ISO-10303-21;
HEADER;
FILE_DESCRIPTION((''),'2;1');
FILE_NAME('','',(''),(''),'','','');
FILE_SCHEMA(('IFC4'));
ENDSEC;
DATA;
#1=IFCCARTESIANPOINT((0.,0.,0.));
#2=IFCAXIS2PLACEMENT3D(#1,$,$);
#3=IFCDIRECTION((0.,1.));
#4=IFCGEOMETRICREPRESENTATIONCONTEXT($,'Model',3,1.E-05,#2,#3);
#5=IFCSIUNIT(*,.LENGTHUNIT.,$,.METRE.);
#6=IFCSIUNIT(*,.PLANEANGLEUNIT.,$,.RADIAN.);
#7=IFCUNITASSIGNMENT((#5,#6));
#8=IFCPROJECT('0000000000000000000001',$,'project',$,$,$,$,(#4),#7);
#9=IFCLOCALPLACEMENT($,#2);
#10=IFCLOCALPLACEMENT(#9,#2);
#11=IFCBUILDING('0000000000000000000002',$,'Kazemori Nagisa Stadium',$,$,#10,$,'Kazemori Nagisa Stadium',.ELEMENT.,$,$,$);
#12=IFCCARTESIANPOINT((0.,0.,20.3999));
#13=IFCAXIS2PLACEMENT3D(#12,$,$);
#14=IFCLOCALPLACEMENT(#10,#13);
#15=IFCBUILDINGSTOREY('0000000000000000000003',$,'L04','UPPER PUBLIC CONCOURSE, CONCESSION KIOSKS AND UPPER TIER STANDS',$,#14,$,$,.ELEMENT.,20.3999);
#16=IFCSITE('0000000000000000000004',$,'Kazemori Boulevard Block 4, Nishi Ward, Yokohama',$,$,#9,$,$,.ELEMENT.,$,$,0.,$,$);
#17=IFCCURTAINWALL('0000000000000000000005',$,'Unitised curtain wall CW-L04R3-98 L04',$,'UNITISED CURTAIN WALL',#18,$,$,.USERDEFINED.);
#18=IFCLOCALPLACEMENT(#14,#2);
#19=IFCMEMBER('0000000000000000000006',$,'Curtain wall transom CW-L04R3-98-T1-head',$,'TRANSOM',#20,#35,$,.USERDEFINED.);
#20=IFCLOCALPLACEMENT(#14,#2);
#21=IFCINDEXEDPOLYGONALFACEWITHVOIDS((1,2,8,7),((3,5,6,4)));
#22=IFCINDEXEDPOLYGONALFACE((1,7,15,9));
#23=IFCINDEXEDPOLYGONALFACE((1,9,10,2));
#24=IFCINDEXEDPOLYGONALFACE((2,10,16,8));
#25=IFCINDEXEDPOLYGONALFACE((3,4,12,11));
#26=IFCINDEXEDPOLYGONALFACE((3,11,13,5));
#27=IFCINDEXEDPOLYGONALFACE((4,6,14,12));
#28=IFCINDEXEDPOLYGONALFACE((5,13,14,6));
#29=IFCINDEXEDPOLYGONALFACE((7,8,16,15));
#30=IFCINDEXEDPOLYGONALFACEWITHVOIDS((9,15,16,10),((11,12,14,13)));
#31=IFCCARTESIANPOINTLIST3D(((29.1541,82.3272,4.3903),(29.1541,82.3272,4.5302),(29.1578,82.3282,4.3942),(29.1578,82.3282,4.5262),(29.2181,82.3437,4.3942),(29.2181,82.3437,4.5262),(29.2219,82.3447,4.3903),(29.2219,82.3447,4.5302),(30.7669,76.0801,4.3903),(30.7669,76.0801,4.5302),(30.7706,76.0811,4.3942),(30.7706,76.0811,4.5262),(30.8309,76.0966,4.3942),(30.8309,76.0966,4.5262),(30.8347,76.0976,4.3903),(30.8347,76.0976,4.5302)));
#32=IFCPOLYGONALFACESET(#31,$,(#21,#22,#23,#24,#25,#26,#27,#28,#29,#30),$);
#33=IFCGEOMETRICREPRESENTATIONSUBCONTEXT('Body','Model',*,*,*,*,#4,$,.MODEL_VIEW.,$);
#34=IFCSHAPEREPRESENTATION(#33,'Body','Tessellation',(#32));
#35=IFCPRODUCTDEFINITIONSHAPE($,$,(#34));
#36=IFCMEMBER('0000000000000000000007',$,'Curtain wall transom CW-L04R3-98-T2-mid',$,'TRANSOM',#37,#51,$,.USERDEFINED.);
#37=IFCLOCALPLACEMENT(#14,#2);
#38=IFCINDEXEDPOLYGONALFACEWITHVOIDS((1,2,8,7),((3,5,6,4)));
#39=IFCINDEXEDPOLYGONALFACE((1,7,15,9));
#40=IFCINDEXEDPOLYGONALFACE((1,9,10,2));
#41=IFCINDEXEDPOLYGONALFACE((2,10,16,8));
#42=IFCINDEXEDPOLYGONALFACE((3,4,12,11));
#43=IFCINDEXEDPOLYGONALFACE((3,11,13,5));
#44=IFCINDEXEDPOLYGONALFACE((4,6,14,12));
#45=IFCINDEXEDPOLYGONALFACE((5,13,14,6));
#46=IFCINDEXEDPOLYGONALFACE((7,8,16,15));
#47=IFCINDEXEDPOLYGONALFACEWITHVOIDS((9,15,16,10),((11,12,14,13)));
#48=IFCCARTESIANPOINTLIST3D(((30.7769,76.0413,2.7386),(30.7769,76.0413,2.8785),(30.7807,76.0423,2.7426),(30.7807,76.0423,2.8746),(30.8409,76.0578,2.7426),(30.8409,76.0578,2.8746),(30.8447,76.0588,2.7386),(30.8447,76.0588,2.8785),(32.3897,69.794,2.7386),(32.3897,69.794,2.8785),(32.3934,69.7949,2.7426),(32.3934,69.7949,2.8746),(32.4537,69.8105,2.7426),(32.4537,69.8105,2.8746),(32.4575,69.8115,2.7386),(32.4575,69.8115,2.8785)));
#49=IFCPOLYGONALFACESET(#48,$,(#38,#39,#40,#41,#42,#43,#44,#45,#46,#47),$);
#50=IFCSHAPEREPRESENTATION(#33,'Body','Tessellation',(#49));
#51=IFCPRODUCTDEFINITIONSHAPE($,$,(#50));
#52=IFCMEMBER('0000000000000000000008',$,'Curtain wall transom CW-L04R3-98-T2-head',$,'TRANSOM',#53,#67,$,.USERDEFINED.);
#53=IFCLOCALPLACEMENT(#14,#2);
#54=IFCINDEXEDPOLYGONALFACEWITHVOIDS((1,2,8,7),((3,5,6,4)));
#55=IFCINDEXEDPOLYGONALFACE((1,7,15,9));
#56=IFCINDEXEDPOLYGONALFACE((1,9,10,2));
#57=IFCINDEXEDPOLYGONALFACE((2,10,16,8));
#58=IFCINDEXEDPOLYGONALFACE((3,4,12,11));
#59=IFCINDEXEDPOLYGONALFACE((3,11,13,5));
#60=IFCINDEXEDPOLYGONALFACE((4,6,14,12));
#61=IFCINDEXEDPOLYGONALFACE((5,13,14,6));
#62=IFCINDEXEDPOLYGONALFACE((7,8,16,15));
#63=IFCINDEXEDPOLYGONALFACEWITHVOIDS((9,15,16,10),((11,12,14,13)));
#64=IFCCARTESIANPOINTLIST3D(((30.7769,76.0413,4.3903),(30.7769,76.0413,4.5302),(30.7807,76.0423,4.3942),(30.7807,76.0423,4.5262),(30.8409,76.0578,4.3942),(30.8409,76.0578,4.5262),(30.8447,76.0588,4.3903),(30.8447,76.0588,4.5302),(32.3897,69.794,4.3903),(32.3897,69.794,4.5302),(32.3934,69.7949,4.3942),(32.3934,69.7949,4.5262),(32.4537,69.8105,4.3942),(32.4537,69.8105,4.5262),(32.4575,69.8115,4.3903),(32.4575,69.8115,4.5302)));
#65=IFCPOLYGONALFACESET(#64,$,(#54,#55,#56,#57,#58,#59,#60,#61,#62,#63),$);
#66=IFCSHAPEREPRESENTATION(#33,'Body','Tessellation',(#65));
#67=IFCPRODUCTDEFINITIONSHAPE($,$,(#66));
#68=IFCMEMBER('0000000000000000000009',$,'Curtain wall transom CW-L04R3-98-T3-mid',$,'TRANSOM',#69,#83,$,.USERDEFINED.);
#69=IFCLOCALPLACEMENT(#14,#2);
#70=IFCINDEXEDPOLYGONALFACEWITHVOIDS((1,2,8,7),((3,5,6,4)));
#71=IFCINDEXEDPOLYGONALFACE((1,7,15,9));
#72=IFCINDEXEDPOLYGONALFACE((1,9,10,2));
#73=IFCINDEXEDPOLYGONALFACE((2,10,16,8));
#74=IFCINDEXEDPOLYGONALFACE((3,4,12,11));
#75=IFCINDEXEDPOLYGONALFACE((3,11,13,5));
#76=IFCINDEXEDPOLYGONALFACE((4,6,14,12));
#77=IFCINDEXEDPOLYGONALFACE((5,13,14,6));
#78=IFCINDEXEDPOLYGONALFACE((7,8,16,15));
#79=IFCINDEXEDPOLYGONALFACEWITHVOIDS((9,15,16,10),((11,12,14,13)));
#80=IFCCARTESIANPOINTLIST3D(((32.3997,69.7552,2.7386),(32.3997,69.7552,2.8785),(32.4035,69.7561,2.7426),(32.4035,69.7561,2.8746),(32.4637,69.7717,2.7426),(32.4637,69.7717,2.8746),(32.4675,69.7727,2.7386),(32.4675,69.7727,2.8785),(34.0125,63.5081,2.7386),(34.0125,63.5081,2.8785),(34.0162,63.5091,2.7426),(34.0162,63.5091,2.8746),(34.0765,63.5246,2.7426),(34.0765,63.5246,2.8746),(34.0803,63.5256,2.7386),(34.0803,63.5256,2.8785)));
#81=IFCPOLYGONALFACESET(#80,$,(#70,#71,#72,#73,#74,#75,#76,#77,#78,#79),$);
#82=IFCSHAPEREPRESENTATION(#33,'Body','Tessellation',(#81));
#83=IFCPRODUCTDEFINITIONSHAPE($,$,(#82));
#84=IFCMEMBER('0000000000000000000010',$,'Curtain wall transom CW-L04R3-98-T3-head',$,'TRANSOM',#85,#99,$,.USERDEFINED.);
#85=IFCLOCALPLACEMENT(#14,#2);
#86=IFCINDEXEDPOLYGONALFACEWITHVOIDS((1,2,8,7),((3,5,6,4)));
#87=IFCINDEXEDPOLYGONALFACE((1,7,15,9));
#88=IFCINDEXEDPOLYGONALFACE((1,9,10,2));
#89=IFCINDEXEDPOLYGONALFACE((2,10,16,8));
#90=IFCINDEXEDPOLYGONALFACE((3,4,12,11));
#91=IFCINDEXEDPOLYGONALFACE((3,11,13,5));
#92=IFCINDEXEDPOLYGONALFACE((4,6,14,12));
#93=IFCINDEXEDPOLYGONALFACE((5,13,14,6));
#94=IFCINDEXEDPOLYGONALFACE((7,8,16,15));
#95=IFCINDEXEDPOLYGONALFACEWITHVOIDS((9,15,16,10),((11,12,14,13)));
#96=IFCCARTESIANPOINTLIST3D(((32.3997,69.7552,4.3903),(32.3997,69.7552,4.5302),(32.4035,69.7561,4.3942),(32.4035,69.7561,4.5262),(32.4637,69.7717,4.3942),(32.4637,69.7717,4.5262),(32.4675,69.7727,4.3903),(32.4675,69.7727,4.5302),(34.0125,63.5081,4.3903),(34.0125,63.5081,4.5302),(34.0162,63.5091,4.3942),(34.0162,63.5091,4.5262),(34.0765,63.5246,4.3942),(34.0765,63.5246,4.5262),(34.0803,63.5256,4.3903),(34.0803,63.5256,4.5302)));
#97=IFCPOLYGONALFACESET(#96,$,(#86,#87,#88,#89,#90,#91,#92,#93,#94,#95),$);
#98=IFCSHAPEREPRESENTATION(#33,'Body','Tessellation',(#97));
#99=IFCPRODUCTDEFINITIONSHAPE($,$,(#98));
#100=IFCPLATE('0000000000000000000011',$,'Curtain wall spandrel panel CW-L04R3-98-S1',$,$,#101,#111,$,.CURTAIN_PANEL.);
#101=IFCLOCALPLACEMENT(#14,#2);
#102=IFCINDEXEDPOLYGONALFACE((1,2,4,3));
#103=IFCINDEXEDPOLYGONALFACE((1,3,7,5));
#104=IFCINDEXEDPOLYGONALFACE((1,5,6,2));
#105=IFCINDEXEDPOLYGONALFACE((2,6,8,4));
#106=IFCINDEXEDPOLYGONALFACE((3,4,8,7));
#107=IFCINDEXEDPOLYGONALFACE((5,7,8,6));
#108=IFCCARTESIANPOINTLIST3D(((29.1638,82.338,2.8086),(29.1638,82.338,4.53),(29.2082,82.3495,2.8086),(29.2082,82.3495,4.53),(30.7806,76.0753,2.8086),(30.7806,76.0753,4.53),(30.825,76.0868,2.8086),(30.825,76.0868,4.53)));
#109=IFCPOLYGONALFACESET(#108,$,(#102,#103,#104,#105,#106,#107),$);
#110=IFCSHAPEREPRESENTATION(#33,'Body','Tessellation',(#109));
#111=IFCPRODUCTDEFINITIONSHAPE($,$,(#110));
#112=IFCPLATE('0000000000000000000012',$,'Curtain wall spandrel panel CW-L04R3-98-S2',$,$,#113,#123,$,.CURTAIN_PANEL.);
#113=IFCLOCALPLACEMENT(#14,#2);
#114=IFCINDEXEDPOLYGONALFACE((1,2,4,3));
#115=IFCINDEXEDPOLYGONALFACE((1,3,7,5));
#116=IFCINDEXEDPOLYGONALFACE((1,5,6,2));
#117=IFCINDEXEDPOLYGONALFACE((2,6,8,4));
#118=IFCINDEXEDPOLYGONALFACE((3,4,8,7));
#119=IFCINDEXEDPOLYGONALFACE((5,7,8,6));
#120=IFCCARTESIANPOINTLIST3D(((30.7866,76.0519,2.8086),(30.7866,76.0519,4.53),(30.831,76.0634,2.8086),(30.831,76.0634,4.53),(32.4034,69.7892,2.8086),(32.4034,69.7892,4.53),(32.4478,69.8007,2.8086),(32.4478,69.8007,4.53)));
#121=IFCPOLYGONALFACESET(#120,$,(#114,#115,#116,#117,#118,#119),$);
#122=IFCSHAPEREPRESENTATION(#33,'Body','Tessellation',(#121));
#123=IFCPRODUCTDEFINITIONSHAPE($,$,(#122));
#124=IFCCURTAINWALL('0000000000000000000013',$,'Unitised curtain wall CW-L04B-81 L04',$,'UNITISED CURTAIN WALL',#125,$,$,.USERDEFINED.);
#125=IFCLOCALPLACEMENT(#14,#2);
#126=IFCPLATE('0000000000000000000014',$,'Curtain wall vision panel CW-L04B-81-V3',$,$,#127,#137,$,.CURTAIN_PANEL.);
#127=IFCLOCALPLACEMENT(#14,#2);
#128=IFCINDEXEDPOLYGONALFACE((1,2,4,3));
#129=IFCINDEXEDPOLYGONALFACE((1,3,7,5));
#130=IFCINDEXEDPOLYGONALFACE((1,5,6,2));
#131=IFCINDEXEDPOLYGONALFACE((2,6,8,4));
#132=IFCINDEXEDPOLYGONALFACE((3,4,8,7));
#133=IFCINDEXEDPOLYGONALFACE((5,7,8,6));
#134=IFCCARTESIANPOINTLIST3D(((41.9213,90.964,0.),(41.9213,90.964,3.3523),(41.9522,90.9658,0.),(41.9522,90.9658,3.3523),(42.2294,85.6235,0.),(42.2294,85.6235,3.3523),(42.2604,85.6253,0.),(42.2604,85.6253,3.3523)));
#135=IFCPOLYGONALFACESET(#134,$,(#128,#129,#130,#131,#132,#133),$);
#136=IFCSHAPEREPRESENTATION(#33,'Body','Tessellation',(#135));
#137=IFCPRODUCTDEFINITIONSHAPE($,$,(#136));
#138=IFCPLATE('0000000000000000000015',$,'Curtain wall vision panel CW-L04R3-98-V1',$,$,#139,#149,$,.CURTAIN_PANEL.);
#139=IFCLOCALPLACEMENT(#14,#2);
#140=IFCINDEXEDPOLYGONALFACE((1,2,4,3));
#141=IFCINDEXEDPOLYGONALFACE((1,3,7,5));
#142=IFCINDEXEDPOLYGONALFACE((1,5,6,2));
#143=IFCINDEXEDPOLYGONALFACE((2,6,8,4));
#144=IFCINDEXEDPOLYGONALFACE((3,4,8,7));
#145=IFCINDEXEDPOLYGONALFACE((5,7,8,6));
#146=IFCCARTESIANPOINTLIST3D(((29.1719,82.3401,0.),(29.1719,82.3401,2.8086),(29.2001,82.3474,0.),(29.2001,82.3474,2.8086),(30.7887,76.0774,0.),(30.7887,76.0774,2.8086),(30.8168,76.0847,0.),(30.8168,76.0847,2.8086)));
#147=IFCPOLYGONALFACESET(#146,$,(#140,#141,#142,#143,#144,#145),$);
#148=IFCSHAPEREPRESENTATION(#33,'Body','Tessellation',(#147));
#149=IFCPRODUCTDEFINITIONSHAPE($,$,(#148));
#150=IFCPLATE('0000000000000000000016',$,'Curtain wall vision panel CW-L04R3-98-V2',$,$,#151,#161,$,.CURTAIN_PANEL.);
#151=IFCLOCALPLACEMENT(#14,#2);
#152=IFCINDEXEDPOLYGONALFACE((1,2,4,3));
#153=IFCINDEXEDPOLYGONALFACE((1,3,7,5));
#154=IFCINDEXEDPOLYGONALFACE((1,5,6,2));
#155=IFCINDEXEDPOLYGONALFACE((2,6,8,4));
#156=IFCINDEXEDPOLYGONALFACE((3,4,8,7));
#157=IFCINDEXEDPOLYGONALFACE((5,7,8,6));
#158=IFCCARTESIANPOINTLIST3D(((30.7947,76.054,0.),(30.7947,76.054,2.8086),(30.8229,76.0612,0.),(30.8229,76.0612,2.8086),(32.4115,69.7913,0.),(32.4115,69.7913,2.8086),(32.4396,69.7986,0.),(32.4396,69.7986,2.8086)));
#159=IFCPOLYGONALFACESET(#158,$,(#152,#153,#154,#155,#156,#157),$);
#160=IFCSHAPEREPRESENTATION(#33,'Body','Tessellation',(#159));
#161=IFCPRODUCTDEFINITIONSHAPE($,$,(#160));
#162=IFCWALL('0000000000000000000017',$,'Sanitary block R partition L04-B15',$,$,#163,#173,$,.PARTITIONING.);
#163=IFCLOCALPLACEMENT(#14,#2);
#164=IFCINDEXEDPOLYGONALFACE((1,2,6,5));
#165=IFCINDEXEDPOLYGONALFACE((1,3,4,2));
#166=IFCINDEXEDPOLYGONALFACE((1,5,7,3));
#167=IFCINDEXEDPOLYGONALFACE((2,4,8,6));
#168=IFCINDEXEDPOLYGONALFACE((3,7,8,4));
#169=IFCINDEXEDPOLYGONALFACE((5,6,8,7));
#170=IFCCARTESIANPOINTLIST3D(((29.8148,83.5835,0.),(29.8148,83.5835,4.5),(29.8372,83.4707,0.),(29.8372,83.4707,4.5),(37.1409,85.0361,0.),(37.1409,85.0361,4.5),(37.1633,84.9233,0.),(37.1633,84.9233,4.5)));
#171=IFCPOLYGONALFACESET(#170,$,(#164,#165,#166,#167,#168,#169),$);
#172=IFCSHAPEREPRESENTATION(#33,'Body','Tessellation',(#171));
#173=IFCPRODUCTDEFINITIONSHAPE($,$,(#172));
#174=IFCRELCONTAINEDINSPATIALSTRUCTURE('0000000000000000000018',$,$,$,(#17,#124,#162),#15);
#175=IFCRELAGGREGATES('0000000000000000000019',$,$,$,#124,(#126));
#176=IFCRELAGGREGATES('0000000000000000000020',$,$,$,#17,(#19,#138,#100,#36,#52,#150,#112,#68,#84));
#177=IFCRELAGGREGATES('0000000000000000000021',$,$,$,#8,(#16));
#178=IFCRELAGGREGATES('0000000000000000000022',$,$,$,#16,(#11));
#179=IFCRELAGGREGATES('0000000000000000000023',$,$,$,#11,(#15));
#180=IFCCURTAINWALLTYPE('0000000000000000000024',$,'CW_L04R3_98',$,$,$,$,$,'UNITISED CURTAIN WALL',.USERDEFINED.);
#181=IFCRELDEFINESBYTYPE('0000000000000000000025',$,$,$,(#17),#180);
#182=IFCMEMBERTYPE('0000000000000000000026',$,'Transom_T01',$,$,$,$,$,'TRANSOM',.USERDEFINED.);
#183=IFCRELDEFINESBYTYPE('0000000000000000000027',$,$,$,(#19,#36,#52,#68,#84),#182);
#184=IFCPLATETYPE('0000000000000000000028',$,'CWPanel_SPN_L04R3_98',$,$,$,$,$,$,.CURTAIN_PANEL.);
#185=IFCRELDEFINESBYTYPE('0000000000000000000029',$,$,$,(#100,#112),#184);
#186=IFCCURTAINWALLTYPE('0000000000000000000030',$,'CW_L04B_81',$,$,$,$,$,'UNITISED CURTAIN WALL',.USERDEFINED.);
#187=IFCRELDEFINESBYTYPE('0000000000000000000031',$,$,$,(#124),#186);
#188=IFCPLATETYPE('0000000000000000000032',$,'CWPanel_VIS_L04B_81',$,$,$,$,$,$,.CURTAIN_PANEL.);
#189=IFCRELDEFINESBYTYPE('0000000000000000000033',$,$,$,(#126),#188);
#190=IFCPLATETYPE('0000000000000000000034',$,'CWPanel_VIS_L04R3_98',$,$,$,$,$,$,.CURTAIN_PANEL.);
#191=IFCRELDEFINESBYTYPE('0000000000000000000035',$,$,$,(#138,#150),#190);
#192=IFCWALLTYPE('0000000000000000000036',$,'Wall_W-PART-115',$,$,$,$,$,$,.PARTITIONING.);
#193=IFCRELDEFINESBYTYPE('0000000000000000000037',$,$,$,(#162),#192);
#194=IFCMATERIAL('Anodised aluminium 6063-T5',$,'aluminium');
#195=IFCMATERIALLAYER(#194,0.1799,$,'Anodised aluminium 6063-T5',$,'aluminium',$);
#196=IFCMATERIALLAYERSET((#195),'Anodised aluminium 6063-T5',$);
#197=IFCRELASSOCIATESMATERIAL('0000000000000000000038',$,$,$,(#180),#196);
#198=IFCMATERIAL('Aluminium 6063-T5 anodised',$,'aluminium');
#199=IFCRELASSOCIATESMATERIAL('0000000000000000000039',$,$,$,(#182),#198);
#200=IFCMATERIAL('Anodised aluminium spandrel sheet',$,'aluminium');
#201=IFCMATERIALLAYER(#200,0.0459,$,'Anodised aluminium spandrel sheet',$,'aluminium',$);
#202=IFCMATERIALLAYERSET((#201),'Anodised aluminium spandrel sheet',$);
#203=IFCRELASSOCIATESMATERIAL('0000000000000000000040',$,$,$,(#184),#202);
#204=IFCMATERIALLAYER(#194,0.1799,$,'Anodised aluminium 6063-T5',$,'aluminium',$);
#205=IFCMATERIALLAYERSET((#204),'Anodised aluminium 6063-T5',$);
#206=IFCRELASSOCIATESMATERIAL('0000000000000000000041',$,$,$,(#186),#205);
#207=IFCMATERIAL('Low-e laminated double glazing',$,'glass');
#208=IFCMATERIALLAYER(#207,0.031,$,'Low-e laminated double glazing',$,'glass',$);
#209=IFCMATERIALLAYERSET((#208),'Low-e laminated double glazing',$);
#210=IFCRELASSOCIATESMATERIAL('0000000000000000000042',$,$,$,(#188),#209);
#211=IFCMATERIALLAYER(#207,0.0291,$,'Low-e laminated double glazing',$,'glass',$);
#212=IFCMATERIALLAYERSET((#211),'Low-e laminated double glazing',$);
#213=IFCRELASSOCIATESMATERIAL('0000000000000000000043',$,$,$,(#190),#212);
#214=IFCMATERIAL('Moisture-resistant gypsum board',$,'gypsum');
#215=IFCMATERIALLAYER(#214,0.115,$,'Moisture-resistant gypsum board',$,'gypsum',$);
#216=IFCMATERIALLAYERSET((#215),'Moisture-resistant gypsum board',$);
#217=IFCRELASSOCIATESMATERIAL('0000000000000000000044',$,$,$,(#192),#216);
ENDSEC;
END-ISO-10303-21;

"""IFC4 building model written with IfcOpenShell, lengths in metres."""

from ifc_helpers import new_model, si_unit, direction, frame, frame_2d, origin, origin_2d, place, context, subcontext, project, spatial, rectangle, hollow_rectangle, extrude, material, layer, layer_set, material_profile, profile_set, type_object, element, aggregate, save


model = new_model("IFC4")

# Units and contexts
model_context = context("Model", 3, precision=1e-05, world=origin(), true_north=direction((0.0, 1.0)))
body_context = subcontext(model_context, "Body", "Model", "MODEL_VIEW")
ifc_project = project(units=[si_unit("LENGTHUNIT", "METRE"), si_unit("PLANEANGLEUNIT", "RADIAN")], contexts=[model_context])

# Site, building, storey
site_placement = place(None, origin())
site = spatial("IfcSite", under=ifc_project, at=site_placement, Name="Kazemori Boulevard Block 4, Nishi Ward, Yokohama", CompositionType="ELEMENT", RefElevation=0.0)
building_placement = place(site_placement, origin())
building = spatial("IfcBuilding", under=site, at=building_placement, Name="Kazemori Nagisa Stadium", LongName="Kazemori Nagisa Stadium", CompositionType="ELEMENT")
storey_placement = place(building_placement, frame((0.0, 0.0, 20.3999)))
storey = spatial("IfcBuildingStorey", under=building, at=storey_placement, Name="L04", Description="UPPER PUBLIC CONCOURSE, CONCESSION KIOSKS AND UPPER TIER STANDS", CompositionType="ELEMENT", Elevation=20.3999)

# Curtain wall, members, plates
ifc_material_1 = material(Name="Anodised aluminium 6063-T5", Category="aluminium")
ifc_layer_1 = layer(ifc_material_1, 0.1799, Name="Anodised aluminium 6063-T5", Category="aluminium")
ifc_layer_set_1 = layer_set([ifc_layer_1], Name="Anodised aluminium 6063-T5")
curtain_wall_type_1 = type_object("IfcCurtainWallType", Name="CW_L04R3_98", ElementType="UNITISED CURTAIN WALL", PredefinedType="USERDEFINED", material=ifc_layer_set_1)
curtain_wall_1_placement = place(storey_placement, origin())
curtain_wall_1 = element("IfcCurtainWall", 1, at=curtain_wall_1_placement, inside=storey, type_object=curtain_wall_type_1, Name="Unitised curtain wall CW-L04R3-98 L04", ObjectType="UNITISED CURTAIN WALL", PredefinedType="USERDEFINED")
ifc_material_2 = material(Name="Aluminium 6063-T5 anodised", Category="aluminium")
ifc_material_profile_1 = material_profile(ifc_material_2, hollow_rectangle(XDim=0.0701, YDim=0.1399, WallThickness=0.0039, at=origin_2d()), Name="ALU-TRAN-70x140x4")
ifc_profile_set_1 = profile_set([ifc_material_profile_1], Name="Aluminium 6063-T5 anodised")
member_type_1 = type_object("IfcMemberType", Name="Transom_T01", ElementType="TRANSOM", PredefinedType="USERDEFINED", material=ifc_profile_set_1)
member_1_placement = place(storey_placement, frame((29.188, 82.3359, 4.4602), z_axis=(0.249972, -0.968253, 0.0), x_axis=(0.968253, 0.249972, 0.0)))
member_1 = element("IfcMember", 2, at=member_1_placement, type_object=member_type_1, Name="Curtain wall transom CW-L04R3-98-T1-head", ObjectType="TRANSOM", PredefinedType="USERDEFINED", context=body_context, shape_type="SweptSolid", body=[
    extrude(hollow_rectangle(XDim=0.0701, YDim=0.1399, WallThickness=0.0039, at=origin_2d()), origin(), (0.0, 0.0, 1.0), 6.4519),
])
member_2_placement = place(storey_placement, frame((30.8108, 76.05, 2.8086), z_axis=(0.249963, -0.968255, 0.0), x_axis=(0.968255, 0.249963, 0.0)))
member_2 = element("IfcMember", 3, at=member_2_placement, type_object=member_type_1, Name="Curtain wall transom CW-L04R3-98-T2-mid", ObjectType="TRANSOM", PredefinedType="USERDEFINED", context=body_context, shape_type="SweptSolid", body=[
    extrude(hollow_rectangle(XDim=0.0701, YDim=0.1399, WallThickness=0.0039, at=origin_2d()), origin(), (0.0, 0.0, 1.0), 6.4521),
])
member_3_placement = place(storey_placement, frame((30.8108, 76.05, 4.4602), z_axis=(0.249963, -0.968255, 0.0), x_axis=(0.968255, 0.249963, 0.0)))
member_3 = element("IfcMember", 4, at=member_3_placement, type_object=member_type_1, Name="Curtain wall transom CW-L04R3-98-T2-head", ObjectType="TRANSOM", PredefinedType="USERDEFINED", context=body_context, shape_type="SweptSolid", body=[
    extrude(hollow_rectangle(XDim=0.0701, YDim=0.1399, WallThickness=0.0039, at=origin_2d()), origin(), (0.0, 0.0, 1.0), 6.4521),
])
member_4_placement = place(storey_placement, frame((32.4336, 69.7639, 2.8086), z_axis=(0.249972, -0.968253, 0.0), x_axis=(0.968253, 0.249972, 0.0)))
member_4 = element("IfcMember", 5, at=member_4_placement, type_object=member_type_1, Name="Curtain wall transom CW-L04R3-98-T3-mid", ObjectType="TRANSOM", PredefinedType="USERDEFINED", context=body_context, shape_type="SweptSolid", body=[
    extrude(hollow_rectangle(XDim=0.0701, YDim=0.1399, WallThickness=0.0039, at=origin_2d()), origin(), (0.0, 0.0, 1.0), 6.4519),
])
member_5_placement = place(storey_placement, frame((32.4336, 69.7639, 4.4602), z_axis=(0.249972, -0.968253, 0.0), x_axis=(0.968253, 0.249972, 0.0)))
member_5 = element("IfcMember", 6, at=member_5_placement, type_object=member_type_1, Name="Curtain wall transom CW-L04R3-98-T3-head", ObjectType="TRANSOM", PredefinedType="USERDEFINED", context=body_context, shape_type="SweptSolid", body=[
    extrude(hollow_rectangle(XDim=0.0701, YDim=0.1399, WallThickness=0.0039, at=origin_2d()), origin(), (0.0, 0.0, 1.0), 6.4519),
])
ifc_material_3 = material(Name="Anodised aluminium spandrel sheet", Category="aluminium")
ifc_layer_2 = layer(ifc_material_3, 0.0459, Name="Anodised aluminium spandrel sheet", Category="aluminium")
ifc_layer_set_2 = layer_set([ifc_layer_2], Name="Anodised aluminium spandrel sheet")
plate_type_1 = type_object("IfcPlateType", Name="CWPanel_SPN_L04R3_98", PredefinedType="CURTAIN_PANEL", material=ifc_layer_set_2)
plate_1_placement = place(storey_placement, frame((29.9944, 79.2124, 2.8086), z_axis=(0.0, 0.0, 1.0), x_axis=(0.249965, -0.968255, 0.0)))
plate_1 = element("IfcPlate", 7, at=plate_1_placement, type_object=plate_type_1, Name="Curtain wall spandrel panel CW-L04R3-98-S1", PredefinedType="CURTAIN_PANEL", context=body_context, shape_type="SweptSolid", body=[
    extrude(rectangle(XDim=6.468, YDim=0.0459, at=origin_2d()), origin(), (0.0, 0.0, 1.0), 1.7214),
])
plate_2_placement = place(storey_placement, frame((31.6172, 72.9263, 2.8086), z_axis=(0.0, 0.0, 1.0), x_axis=(0.249965, -0.968255, 0.0)))
plate_2 = element("IfcPlate", 8, at=plate_2_placement, type_object=plate_type_1, Name="Curtain wall spandrel panel CW-L04R3-98-S2", PredefinedType="CURTAIN_PANEL", context=body_context, shape_type="SweptSolid", body=[
    extrude(rectangle(XDim=6.468, YDim=0.0459, at=origin_2d()), origin(), (0.0, 0.0, 1.0), 1.7214),
])

# Curtain wall, plate
ifc_layer_3 = layer(ifc_material_1, 0.1799, Name="Anodised aluminium 6063-T5", Category="aluminium")
ifc_layer_set_3 = layer_set([ifc_layer_3], Name="Anodised aluminium 6063-T5")
curtain_wall_type_2 = type_object("IfcCurtainWallType", Name="CW_L04B_81", ElementType="UNITISED CURTAIN WALL", PredefinedType="USERDEFINED", material=ifc_layer_set_3)
curtain_wall_2_placement = place(storey_placement, origin())
curtain_wall_2 = element("IfcCurtainWall", 9, at=curtain_wall_2_placement, inside=storey, type_object=curtain_wall_type_2, Name="Unitised curtain wall CW-L04B-81 L04", ObjectType="UNITISED CURTAIN WALL", PredefinedType="USERDEFINED")
ifc_material_4 = material(Name="Low-e laminated double glazing", Category="glass")
ifc_layer_4 = layer(ifc_material_4, 0.031, Name="Low-e laminated double glazing", Category="glass")
ifc_layer_set_4 = layer_set([ifc_layer_4], Name="Low-e laminated double glazing")
plate_type_2 = type_object("IfcPlateType", Name="CWPanel_VIS_L04B_81", PredefinedType="CURTAIN_PANEL", material=ifc_layer_set_4)
plate_3_placement = place(storey_placement, frame((42.0908, 88.2947, 0.0), z_axis=(0.0, 0.0, 1.0), x_axis=(0.057602, -0.99834, 0.0)))
plate_3 = element("IfcPlate", 10, at=plate_3_placement, type_object=plate_type_2, Name="Curtain wall vision panel CW-L04B-81-V3", PredefinedType="CURTAIN_PANEL", context=body_context, shape_type="SweptSolid", body=[
    extrude(rectangle(XDim=5.3494, YDim=0.031, at=origin_2d()), origin(), (0.0, 0.0, 1.0), 3.3523),
])
aggregate(curtain_wall_2, [plate_3])

# Plates
ifc_layer_5 = layer(ifc_material_4, 0.0291, Name="Low-e laminated double glazing", Category="glass")
ifc_layer_set_5 = layer_set([ifc_layer_5], Name="Low-e laminated double glazing")
plate_type_3 = type_object("IfcPlateType", Name="CWPanel_VIS_L04R3_98", PredefinedType="CURTAIN_PANEL", material=ifc_layer_set_5)
plate_4_placement = place(storey_placement, frame((29.9944, 79.2124, 0.0), z_axis=(0.0, 0.0, 1.0), x_axis=(0.249965, -0.968255, 0.0)))
plate_4 = element("IfcPlate", 11, at=plate_4_placement, type_object=plate_type_3, Name="Curtain wall vision panel CW-L04R3-98-V1", PredefinedType="CURTAIN_PANEL", context=body_context, shape_type="SweptSolid", body=[
    extrude(rectangle(XDim=6.468, YDim=0.0291, at=origin_2d()), origin(), (0.0, 0.0, 1.0), 2.8086),
])
plate_5_placement = place(storey_placement, frame((31.6172, 72.9263, 0.0), z_axis=(0.0, 0.0, 1.0), x_axis=(0.249965, -0.968255, 0.0)))
plate_5 = element("IfcPlate", 12, at=plate_5_placement, type_object=plate_type_3, Name="Curtain wall vision panel CW-L04R3-98-V2", PredefinedType="CURTAIN_PANEL", context=body_context, shape_type="SweptSolid", body=[
    extrude(rectangle(XDim=6.468, YDim=0.0291, at=origin_2d()), origin(), (0.0, 0.0, 1.0), 2.8086),
])
aggregate(curtain_wall_1, [member_1, plate_4, plate_1, member_2, member_3, plate_5, plate_2, member_4, member_5])

# Wall
ifc_material_5 = material(Name="Moisture-resistant gypsum board", Category="gypsum")
ifc_layer_6 = layer(ifc_material_5, 0.115, Name="Moisture-resistant gypsum board", Category="gypsum")
ifc_layer_set_6 = layer_set([ifc_layer_6], Name="Moisture-resistant gypsum board")
wall_type_1 = type_object("IfcWallType", Name="Wall_W-PART-115", PredefinedType="PARTITIONING", material=ifc_layer_set_6)
wall_1_placement = place(storey_placement, frame((37.1521, 84.9797, 0.0), z_axis=(0.0, 0.0, 1.0), x_axis=(-0.980904, -0.194494, 0.0)))
element("IfcWall", 13, at=wall_1_placement, inside=storey, type_object=wall_type_1, Name="Sanitary block R partition L04-B15", PredefinedType="PARTITIONING", context=body_context, shape_type="SweptSolid", body=[
    extrude(rectangle(XDim=7.4688, YDim=0.115, at=frame_2d((3.7344, 0.0))), origin(), (0.0, 0.0, 1.0), 4.5),
])

save(model, "model.ifc")
